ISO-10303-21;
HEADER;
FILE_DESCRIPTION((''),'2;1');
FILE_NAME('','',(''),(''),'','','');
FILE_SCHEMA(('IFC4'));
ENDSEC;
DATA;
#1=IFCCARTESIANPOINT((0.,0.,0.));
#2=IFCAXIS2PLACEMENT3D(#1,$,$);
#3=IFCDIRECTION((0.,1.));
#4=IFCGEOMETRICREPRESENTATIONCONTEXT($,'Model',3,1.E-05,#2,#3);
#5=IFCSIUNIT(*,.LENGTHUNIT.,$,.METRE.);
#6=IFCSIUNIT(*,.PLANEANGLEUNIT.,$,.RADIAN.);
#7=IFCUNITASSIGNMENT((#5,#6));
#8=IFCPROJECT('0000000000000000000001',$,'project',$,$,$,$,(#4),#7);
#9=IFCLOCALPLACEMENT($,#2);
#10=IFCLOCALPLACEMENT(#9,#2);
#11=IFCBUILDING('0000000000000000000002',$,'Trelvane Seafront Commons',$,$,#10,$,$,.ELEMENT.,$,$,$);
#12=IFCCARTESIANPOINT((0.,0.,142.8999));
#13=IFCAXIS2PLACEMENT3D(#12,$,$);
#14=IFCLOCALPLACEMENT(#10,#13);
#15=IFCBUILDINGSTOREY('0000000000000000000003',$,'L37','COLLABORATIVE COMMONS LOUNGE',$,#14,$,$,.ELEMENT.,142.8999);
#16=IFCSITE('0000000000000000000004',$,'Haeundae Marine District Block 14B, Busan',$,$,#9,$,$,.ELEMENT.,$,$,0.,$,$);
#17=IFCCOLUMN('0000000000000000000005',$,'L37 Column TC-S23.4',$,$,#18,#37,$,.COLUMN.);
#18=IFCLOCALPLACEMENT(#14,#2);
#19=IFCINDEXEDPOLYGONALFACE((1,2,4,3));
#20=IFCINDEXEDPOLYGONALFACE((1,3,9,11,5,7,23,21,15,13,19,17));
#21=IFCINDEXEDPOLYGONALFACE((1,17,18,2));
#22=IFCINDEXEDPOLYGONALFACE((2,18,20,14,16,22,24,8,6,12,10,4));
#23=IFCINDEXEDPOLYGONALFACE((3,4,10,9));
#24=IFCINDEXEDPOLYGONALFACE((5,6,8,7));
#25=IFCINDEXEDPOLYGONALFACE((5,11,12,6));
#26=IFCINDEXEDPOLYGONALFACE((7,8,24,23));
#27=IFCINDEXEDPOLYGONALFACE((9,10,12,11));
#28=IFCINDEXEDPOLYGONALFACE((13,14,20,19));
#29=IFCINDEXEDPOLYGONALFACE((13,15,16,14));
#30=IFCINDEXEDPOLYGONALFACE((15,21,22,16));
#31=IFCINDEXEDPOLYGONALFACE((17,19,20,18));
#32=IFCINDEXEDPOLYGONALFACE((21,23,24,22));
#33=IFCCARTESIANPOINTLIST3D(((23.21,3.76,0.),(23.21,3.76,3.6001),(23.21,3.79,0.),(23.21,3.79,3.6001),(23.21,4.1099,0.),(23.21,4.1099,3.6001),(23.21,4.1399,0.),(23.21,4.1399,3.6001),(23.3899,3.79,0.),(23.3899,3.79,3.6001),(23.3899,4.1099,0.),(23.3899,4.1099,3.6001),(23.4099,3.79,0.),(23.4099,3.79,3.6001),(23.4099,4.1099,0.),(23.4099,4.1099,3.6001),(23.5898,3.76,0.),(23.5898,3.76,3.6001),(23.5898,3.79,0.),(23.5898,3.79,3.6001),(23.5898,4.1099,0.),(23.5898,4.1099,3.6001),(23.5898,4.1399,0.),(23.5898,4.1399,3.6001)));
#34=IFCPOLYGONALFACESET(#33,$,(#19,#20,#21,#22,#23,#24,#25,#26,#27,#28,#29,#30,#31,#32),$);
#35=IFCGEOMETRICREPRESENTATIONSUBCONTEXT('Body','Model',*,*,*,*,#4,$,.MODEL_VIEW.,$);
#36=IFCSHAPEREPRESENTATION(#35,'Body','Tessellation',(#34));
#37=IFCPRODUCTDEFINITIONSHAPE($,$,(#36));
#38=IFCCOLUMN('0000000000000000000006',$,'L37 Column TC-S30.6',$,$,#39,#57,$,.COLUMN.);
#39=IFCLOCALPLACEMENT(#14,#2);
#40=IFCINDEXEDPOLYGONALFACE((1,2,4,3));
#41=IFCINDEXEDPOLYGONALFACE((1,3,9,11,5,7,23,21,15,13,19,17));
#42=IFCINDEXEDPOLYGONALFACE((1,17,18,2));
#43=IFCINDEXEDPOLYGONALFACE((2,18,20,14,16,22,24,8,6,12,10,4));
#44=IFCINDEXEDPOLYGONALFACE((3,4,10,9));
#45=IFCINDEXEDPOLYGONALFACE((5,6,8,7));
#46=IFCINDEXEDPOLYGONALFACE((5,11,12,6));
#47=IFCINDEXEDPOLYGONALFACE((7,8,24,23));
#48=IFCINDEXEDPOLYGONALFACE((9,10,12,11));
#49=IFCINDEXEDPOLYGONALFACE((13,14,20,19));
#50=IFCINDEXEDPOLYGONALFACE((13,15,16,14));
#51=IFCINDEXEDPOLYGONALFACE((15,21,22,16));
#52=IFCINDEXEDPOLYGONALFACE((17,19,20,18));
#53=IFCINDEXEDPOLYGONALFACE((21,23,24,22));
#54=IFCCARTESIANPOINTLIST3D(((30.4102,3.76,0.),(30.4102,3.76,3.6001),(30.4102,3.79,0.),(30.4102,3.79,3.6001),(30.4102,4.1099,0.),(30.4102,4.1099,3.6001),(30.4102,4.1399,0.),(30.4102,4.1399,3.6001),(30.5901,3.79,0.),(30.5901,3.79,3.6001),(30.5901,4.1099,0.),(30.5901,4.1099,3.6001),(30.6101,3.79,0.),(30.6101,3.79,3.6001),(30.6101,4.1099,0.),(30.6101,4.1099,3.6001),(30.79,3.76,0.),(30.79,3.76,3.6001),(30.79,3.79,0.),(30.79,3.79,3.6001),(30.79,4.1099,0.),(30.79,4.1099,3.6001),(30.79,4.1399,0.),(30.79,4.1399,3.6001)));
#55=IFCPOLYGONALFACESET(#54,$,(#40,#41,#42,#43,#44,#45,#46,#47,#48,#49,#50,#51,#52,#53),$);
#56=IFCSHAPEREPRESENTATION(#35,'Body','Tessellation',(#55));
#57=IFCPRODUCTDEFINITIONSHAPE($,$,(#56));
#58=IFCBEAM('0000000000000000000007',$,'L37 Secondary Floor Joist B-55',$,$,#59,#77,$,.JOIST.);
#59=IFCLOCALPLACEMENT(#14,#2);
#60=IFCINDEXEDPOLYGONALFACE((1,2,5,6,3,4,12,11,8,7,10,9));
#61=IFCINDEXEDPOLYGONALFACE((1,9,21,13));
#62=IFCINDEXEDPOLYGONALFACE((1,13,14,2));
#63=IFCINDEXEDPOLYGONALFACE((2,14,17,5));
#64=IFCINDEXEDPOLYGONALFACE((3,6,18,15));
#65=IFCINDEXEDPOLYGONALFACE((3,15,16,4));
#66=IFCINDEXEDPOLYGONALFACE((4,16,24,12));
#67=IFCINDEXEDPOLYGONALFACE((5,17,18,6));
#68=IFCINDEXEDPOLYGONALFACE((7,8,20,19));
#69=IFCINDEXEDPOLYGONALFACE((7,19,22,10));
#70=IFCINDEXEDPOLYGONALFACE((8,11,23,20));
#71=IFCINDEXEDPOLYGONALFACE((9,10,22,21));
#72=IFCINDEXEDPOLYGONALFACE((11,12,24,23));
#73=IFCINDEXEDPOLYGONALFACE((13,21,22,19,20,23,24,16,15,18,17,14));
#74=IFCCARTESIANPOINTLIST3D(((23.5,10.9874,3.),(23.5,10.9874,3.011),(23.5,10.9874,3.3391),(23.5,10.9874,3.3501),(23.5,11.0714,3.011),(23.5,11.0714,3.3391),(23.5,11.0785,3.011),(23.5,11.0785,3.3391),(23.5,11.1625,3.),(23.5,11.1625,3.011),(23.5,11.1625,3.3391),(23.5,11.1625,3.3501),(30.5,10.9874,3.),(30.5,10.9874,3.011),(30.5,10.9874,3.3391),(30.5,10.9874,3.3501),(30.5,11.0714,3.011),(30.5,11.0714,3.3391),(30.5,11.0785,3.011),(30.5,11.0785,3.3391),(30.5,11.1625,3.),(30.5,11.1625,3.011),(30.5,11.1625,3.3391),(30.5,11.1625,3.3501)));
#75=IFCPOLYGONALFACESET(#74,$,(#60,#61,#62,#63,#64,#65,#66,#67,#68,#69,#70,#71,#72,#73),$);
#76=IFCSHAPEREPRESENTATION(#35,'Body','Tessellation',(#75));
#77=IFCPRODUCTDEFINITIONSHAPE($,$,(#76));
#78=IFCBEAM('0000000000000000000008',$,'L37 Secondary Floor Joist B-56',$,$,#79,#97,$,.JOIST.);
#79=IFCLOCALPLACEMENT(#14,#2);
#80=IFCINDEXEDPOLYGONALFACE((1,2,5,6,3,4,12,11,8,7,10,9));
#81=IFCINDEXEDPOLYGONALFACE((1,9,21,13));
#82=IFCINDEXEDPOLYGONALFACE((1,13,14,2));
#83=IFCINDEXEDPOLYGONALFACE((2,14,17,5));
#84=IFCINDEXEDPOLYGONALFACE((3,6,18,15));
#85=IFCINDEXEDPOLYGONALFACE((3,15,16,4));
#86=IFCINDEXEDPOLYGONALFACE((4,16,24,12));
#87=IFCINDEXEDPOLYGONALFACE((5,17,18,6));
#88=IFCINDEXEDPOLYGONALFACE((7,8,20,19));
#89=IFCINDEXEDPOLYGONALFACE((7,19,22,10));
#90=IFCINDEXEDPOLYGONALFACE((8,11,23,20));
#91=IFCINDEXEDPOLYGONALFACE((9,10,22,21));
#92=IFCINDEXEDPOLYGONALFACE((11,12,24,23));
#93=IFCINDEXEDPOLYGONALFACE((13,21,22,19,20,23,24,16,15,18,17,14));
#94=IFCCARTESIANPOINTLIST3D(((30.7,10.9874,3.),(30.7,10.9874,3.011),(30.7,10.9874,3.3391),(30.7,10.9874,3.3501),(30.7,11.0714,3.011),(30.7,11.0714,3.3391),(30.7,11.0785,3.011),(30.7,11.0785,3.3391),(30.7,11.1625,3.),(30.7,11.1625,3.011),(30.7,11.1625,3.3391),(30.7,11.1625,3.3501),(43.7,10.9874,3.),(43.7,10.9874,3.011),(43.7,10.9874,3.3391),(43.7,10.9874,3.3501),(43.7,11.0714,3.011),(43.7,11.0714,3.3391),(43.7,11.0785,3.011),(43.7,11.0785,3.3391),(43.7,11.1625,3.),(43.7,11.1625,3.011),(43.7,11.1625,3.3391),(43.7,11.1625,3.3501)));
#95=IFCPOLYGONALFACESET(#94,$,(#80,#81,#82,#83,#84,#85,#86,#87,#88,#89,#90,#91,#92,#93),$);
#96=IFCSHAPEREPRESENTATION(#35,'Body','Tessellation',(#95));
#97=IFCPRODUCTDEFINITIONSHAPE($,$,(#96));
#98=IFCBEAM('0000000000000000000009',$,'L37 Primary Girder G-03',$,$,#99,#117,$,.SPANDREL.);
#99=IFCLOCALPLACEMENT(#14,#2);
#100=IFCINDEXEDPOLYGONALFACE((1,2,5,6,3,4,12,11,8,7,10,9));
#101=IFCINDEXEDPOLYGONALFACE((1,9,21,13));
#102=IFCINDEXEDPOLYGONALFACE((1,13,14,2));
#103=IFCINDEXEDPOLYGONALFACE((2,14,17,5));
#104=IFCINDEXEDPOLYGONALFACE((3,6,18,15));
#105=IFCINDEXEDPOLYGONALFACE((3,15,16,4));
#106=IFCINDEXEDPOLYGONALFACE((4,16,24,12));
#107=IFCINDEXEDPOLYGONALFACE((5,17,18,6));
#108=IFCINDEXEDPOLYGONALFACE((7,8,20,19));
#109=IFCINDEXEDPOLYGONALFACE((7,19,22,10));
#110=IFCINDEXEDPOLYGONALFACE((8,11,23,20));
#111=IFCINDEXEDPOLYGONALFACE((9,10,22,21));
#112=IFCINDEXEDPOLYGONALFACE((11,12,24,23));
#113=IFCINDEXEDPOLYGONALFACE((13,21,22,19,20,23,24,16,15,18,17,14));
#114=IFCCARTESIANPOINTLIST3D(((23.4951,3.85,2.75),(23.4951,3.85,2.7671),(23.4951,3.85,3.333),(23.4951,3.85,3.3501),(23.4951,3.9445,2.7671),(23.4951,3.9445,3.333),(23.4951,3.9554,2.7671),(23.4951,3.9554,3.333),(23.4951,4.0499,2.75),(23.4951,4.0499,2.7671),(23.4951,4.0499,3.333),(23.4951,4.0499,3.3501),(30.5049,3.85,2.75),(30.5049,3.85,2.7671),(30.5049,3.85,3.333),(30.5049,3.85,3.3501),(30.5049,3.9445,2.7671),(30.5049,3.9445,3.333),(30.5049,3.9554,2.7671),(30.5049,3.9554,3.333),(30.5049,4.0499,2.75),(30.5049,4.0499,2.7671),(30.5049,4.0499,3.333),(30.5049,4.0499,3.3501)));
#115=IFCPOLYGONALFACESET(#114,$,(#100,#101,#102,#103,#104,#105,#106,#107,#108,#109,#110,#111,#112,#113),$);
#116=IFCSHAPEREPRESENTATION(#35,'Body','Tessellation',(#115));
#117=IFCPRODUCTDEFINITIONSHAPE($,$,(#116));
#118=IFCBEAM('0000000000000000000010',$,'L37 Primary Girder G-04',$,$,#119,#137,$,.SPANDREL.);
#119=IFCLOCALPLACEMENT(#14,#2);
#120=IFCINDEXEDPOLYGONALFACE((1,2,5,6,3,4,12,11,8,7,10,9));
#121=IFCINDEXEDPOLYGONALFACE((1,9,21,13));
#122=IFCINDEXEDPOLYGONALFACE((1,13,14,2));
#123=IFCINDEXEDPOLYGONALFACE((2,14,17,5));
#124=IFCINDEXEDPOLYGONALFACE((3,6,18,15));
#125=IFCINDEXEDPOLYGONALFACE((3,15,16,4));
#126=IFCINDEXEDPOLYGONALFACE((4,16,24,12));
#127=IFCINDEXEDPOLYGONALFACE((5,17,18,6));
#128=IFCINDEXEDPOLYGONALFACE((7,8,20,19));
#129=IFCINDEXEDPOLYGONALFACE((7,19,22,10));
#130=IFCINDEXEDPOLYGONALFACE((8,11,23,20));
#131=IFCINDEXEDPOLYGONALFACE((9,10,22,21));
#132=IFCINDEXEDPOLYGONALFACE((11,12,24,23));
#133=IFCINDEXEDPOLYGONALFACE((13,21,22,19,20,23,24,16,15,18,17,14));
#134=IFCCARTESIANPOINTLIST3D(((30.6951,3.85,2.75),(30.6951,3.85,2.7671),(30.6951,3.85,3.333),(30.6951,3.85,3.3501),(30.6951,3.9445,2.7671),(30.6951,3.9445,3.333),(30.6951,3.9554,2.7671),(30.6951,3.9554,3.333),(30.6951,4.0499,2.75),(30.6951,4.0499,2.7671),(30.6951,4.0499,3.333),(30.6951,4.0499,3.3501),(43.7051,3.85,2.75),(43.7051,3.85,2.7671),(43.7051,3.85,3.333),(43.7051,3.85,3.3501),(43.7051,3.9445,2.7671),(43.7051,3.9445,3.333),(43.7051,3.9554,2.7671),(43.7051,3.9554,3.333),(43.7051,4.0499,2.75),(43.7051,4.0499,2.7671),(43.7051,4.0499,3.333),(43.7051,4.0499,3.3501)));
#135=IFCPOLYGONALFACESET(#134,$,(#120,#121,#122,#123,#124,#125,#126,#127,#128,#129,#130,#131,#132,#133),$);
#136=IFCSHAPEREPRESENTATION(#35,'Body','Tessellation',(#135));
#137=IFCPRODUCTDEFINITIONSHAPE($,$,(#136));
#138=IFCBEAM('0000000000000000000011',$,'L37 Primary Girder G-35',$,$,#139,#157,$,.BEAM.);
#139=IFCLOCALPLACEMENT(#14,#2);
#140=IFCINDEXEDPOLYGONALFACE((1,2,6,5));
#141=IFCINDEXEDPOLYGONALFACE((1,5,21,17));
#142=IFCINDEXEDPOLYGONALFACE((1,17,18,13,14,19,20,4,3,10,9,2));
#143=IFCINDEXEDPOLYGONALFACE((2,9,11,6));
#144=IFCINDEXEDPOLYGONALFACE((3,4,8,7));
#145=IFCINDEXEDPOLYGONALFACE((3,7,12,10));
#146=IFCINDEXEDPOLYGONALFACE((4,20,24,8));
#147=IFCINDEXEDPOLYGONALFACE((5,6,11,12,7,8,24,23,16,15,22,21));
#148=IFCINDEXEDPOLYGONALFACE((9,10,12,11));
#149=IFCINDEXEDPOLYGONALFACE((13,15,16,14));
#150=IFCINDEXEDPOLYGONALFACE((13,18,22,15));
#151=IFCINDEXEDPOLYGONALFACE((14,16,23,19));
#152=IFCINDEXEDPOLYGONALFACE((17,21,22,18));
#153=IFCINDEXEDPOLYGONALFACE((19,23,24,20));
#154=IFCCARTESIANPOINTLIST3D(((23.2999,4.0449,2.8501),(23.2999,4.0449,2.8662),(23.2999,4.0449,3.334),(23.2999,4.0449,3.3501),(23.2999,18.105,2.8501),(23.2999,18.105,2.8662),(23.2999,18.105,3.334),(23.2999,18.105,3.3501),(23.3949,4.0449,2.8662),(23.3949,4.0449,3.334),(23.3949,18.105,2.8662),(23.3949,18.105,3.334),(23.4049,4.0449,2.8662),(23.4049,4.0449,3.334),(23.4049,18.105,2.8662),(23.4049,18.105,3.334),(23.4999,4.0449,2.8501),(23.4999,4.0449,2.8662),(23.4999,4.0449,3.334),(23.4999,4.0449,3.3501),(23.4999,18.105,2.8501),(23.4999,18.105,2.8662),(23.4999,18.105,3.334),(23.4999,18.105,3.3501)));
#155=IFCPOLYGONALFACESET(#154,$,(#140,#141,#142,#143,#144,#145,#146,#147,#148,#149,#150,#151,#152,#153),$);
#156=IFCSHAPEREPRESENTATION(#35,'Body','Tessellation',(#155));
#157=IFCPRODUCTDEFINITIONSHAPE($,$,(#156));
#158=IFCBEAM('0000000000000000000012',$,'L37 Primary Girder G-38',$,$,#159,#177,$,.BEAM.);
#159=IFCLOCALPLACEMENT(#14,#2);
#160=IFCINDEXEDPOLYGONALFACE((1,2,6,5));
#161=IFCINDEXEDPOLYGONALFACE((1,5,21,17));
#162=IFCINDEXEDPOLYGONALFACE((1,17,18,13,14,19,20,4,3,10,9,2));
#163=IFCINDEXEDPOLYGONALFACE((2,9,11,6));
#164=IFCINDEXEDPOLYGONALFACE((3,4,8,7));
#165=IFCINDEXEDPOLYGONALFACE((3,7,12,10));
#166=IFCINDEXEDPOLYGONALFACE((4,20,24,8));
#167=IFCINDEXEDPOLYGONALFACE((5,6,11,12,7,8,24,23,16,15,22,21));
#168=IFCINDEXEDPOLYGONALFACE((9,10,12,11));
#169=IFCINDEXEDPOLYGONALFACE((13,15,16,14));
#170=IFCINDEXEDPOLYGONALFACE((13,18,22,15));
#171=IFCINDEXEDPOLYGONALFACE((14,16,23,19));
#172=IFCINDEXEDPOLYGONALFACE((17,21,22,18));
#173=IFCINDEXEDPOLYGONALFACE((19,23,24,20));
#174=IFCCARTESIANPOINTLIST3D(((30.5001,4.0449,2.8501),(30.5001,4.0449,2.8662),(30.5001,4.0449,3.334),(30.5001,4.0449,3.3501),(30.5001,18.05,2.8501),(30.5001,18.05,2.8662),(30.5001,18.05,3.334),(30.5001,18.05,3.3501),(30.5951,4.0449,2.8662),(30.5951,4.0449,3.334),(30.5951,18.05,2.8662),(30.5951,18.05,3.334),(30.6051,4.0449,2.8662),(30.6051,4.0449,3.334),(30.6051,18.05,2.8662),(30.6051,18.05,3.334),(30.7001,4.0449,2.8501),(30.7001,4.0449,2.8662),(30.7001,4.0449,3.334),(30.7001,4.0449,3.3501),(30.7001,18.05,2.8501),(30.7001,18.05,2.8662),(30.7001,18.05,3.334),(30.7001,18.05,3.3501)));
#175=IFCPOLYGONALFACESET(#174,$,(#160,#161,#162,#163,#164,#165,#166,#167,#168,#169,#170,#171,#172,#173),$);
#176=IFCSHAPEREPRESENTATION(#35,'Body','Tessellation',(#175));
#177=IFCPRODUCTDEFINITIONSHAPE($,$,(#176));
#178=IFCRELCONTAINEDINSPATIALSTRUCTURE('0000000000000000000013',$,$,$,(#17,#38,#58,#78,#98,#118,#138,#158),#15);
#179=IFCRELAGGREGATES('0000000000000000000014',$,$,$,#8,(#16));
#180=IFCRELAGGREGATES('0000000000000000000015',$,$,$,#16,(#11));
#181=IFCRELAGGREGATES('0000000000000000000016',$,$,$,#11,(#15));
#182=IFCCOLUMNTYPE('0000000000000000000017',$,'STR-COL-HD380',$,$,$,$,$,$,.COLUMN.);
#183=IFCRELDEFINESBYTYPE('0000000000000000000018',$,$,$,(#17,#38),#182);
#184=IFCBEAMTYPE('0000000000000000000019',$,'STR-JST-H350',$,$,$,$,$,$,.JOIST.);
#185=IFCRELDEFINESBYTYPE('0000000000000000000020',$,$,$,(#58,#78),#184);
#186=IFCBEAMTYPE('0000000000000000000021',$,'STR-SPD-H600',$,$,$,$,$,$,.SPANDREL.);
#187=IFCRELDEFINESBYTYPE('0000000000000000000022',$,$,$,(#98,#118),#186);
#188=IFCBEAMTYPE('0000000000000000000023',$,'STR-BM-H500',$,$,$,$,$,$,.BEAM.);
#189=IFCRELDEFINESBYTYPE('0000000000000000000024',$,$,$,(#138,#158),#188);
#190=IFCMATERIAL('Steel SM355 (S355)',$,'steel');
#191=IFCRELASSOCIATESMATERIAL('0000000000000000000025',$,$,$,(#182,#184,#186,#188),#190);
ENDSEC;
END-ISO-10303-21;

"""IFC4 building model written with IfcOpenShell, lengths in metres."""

from ifc_helpers import new_model, si_unit, direction, frame, origin, origin_2d, place, context, subcontext, project, spatial, i_section, extrude, source, transform, mapped, material, material_profile, profile_set, type_object, element, save


model = new_model("IFC4")

# Units and contexts
model_context = context("Model", 3, precision=1e-05, world=origin(), true_north=direction((0.0, 1.0)))
body_context = subcontext(model_context, "Body", "Model", "MODEL_VIEW")
ifc_project = project(units=[si_unit("LENGTHUNIT", "METRE"), si_unit("PLANEANGLEUNIT", "RADIAN")], contexts=[model_context])

# Site, building, storey
site_placement = place(None, origin())
site = spatial("IfcSite", under=ifc_project, at=site_placement, Name="Haeundae Marine District Block 14B, Busan", CompositionType="ELEMENT", RefElevation=0.0)
building_placement = place(site_placement, origin())
building = spatial("IfcBuilding", under=site, at=building_placement, Name="Trelvane Seafront Commons", CompositionType="ELEMENT")
storey_placement = place(building_placement, frame((0.0, 0.0, 142.8999)))
storey = spatial("IfcBuildingStorey", under=building, at=storey_placement, Name="L37", Description="COLLABORATIVE COMMONS LOUNGE", CompositionType="ELEMENT", Elevation=142.8999)

# Columns
ifc_material_1 = material(Name="Steel SM355 (S355)", Category="steel")
ifc_material_profile_1 = material_profile(ifc_material_1, i_section(OverallWidth=0.3799, OverallDepth=0.3799, WebThickness=0.02, FlangeThickness=0.03, at=origin_2d()), Name="HD-380x380x20x30")
ifc_profile_set_1 = profile_set([ifc_material_profile_1], Name="Steel SM355 (S355)")
column_type = type_object("IfcColumnType", Name="STR-COL-HD380", PredefinedType="COLUMN", material=ifc_profile_set_1)
shared_shape_1 = source(origin(), body_context, "Body", "SweptSolid", [
    extrude(i_section(OverallWidth=0.3799, OverallDepth=0.3799, WebThickness=0.02, FlangeThickness=0.03, at=origin_2d()), origin(), (0.0, 0.0, 1.0), 3.6001),
])
for number, where, z_axis, x_axis, name in (
    (1, (23.3999, 3.95, 0.0), (0.0, 0.0, 1.0), (1.0, 0.0, 0.0), "L37 Column TC-S23.4"),
    (2, (30.6001, 3.95, 0.0), (0.0, 0.0, 1.0), (1.0, 0.0, 0.0), "L37 Column TC-S30.6"),
):
    element("IfcColumn", number, at=place(storey_placement, frame(where, z_axis=z_axis, x_axis=x_axis)), inside=storey, type_object=column_type, Name=name, PredefinedType="COLUMN", context=body_context, shape_type="MappedRepresentation", body=[
        mapped(shared_shape_1, transform((0.0, 0.0, 0.0), x_axis=(1.0, 0.0, 0.0), y_axis=(0.0, 1.0, 0.0), z_axis=(0.0, 0.0, 1.0), scale=1.0)),
    ])

# Beams
ifc_material_profile_2 = material_profile(ifc_material_1, i_section(OverallWidth=0.175, OverallDepth=0.3501, WebThickness=0.0071, FlangeThickness=0.011, at=origin_2d()), Name="H-350x175x7x11")
ifc_profile_set_2 = profile_set([ifc_material_profile_2], Name="Steel SM355 (S355)")
beam_type_1 = type_object("IfcBeamType", Name="STR-JST-H350", PredefinedType="JOIST", material=ifc_profile_set_2)
shared_shape_2 = source(origin(), body_context, "Body", "SweptSolid", [
    extrude(i_section(OverallWidth=0.175, OverallDepth=0.3501, WebThickness=0.0071, FlangeThickness=0.011, at=origin_2d()), origin(), (0.0, 0.0, 1.0), 7.0),
])
beam_1_placement = place(storey_placement, frame((23.5, 11.075, 3.175), z_axis=(1.0, 0.0, 0.0), x_axis=(0.0, 1.0, 0.0)))
element("IfcBeam", 3, at=beam_1_placement, inside=storey, type_object=beam_type_1, Name="L37 Secondary Floor Joist B-55", PredefinedType="JOIST", context=body_context, shape_type="MappedRepresentation", body=[
    mapped(shared_shape_2, transform((0.0, 0.0, 0.0), x_axis=(1.0, 0.0, 0.0), y_axis=(0.0, 1.0, 0.0), z_axis=(0.0, 0.0, 1.0), scale=1.0)),
])
shared_shape_3 = source(origin(), body_context, "Body", "SweptSolid", [
    extrude(i_section(OverallWidth=0.175, OverallDepth=0.3501, WebThickness=0.0071, FlangeThickness=0.011, at=origin_2d()), origin(), (0.0, 0.0, 1.0), 13.0),
])
beam_2_placement = place(storey_placement, frame((30.7, 11.075, 3.175), z_axis=(1.0, 0.0, 0.0), x_axis=(0.0, 1.0, 0.0)))
element("IfcBeam", 4, at=beam_2_placement, inside=storey, type_object=beam_type_1, Name="L37 Secondary Floor Joist B-56", PredefinedType="JOIST", context=body_context, shape_type="MappedRepresentation", body=[
    mapped(shared_shape_3, transform((0.0, 0.0, 0.0), x_axis=(1.0, 0.0, 0.0), y_axis=(0.0, 1.0, 0.0), z_axis=(0.0, 0.0, 1.0), scale=1.0)),
])
ifc_material_profile_3 = material_profile(ifc_material_1, i_section(OverallWidth=0.2, OverallDepth=0.6001, WebThickness=0.011, FlangeThickness=0.0171, at=origin_2d()), Name="H-600x200x11x17")
ifc_profile_set_3 = profile_set([ifc_material_profile_3], Name="Steel SM355 (S355)")
beam_type_2 = type_object("IfcBeamType", Name="STR-SPD-H600", PredefinedType="SPANDREL", material=ifc_profile_set_3)
shared_shape_4 = source(origin(), body_context, "Body", "SweptSolid", [
    extrude(i_section(OverallWidth=0.2, OverallDepth=0.6001, WebThickness=0.011, FlangeThickness=0.0171, at=origin_2d()), origin(), (0.0, 0.0, 1.0), 7.0098),
])
beam_3_placement = place(storey_placement, frame((23.4951, 3.95, 3.05), z_axis=(1.0, 0.0, 0.0), x_axis=(0.0, 1.0, 0.0)))
element("IfcBeam", 5, at=beam_3_placement, inside=storey, type_object=beam_type_2, Name="L37 Primary Girder G-03", PredefinedType="SPANDREL", context=body_context, shape_type="MappedRepresentation", body=[
    mapped(shared_shape_4, transform((0.0, 0.0, 0.0), x_axis=(1.0, 0.0, 0.0), y_axis=(0.0, 1.0, 0.0), z_axis=(0.0, 0.0, 1.0), scale=1.0)),
])
shared_shape_5 = source(origin(), body_context, "Body", "SweptSolid", [
    extrude(i_section(OverallWidth=0.2, OverallDepth=0.6001, WebThickness=0.011, FlangeThickness=0.0171, at=origin_2d()), origin(), (0.0, 0.0, 1.0), 13.01),
])
beam_4_placement = place(storey_placement, frame((30.6951, 3.95, 3.05), z_axis=(1.0, 0.0, 0.0), x_axis=(0.0, 1.0, 0.0)))
element("IfcBeam", 6, at=beam_4_placement, inside=storey, type_object=beam_type_2, Name="L37 Primary Girder G-04", PredefinedType="SPANDREL", context=body_context, shape_type="MappedRepresentation", body=[
    mapped(shared_shape_5, transform((0.0, 0.0, 0.0), x_axis=(1.0, 0.0, 0.0), y_axis=(0.0, 1.0, 0.0), z_axis=(0.0, 0.0, 1.0), scale=1.0)),
])
ifc_material_profile_4 = material_profile(ifc_material_1, i_section(OverallWidth=0.2, OverallDepth=0.5, WebThickness=0.01, FlangeThickness=0.0161, at=origin_2d()), Name="H-500x200x10x16")
ifc_profile_set_4 = profile_set([ifc_material_profile_4], Name="Steel SM355 (S355)")
beam_type_3 = type_object("IfcBeamType", Name="STR-BM-H500", PredefinedType="BEAM", material=ifc_profile_set_4)
shared_shape_6 = source(origin(), body_context, "Body", "SweptSolid", [
    extrude(i_section(OverallWidth=0.2, OverallDepth=0.5, WebThickness=0.01, FlangeThickness=0.0161, at=origin_2d()), origin(), (0.0, 0.0, 1.0), 14.0601),
])
beam_5_placement = place(storey_placement, frame((23.3999, 4.0449, 3.1001), z_axis=(0.0, 1.0, 0.0), x_axis=(-1.0, 0.0, 0.0)))
element("IfcBeam", 7, at=beam_5_placement, inside=storey, type_object=beam_type_3, Name="L37 Primary Girder G-35", PredefinedType="BEAM", context=body_context, shape_type="MappedRepresentation", body=[
    mapped(shared_shape_6, transform((0.0, 0.0, 0.0), x_axis=(1.0, 0.0, 0.0), y_axis=(0.0, 1.0, 0.0), z_axis=(0.0, 0.0, 1.0), scale=1.0)),
])
shared_shape_7 = source(origin(), body_context, "Body", "SweptSolid", [
    extrude(i_section(OverallWidth=0.2, OverallDepth=0.5, WebThickness=0.01, FlangeThickness=0.0161, at=origin_2d()), origin(), (0.0, 0.0, 1.0), 14.0051),
])
beam_6_placement = place(storey_placement, frame((30.6001, 4.0449, 3.1001), z_axis=(0.0, 1.0, 0.0), x_axis=(-1.0, 0.0, 0.0)))
element("IfcBeam", 8, at=beam_6_placement, inside=storey, type_object=beam_type_3, Name="L37 Primary Girder G-38", PredefinedType="BEAM", context=body_context, shape_type="MappedRepresentation", body=[
    mapped(shared_shape_7, transform((0.0, 0.0, 0.0), x_axis=(1.0, 0.0, 0.0), y_axis=(0.0, 1.0, 0.0), z_axis=(0.0, 0.0, 1.0), scale=1.0)),
])

save(model, "model.ifc")
